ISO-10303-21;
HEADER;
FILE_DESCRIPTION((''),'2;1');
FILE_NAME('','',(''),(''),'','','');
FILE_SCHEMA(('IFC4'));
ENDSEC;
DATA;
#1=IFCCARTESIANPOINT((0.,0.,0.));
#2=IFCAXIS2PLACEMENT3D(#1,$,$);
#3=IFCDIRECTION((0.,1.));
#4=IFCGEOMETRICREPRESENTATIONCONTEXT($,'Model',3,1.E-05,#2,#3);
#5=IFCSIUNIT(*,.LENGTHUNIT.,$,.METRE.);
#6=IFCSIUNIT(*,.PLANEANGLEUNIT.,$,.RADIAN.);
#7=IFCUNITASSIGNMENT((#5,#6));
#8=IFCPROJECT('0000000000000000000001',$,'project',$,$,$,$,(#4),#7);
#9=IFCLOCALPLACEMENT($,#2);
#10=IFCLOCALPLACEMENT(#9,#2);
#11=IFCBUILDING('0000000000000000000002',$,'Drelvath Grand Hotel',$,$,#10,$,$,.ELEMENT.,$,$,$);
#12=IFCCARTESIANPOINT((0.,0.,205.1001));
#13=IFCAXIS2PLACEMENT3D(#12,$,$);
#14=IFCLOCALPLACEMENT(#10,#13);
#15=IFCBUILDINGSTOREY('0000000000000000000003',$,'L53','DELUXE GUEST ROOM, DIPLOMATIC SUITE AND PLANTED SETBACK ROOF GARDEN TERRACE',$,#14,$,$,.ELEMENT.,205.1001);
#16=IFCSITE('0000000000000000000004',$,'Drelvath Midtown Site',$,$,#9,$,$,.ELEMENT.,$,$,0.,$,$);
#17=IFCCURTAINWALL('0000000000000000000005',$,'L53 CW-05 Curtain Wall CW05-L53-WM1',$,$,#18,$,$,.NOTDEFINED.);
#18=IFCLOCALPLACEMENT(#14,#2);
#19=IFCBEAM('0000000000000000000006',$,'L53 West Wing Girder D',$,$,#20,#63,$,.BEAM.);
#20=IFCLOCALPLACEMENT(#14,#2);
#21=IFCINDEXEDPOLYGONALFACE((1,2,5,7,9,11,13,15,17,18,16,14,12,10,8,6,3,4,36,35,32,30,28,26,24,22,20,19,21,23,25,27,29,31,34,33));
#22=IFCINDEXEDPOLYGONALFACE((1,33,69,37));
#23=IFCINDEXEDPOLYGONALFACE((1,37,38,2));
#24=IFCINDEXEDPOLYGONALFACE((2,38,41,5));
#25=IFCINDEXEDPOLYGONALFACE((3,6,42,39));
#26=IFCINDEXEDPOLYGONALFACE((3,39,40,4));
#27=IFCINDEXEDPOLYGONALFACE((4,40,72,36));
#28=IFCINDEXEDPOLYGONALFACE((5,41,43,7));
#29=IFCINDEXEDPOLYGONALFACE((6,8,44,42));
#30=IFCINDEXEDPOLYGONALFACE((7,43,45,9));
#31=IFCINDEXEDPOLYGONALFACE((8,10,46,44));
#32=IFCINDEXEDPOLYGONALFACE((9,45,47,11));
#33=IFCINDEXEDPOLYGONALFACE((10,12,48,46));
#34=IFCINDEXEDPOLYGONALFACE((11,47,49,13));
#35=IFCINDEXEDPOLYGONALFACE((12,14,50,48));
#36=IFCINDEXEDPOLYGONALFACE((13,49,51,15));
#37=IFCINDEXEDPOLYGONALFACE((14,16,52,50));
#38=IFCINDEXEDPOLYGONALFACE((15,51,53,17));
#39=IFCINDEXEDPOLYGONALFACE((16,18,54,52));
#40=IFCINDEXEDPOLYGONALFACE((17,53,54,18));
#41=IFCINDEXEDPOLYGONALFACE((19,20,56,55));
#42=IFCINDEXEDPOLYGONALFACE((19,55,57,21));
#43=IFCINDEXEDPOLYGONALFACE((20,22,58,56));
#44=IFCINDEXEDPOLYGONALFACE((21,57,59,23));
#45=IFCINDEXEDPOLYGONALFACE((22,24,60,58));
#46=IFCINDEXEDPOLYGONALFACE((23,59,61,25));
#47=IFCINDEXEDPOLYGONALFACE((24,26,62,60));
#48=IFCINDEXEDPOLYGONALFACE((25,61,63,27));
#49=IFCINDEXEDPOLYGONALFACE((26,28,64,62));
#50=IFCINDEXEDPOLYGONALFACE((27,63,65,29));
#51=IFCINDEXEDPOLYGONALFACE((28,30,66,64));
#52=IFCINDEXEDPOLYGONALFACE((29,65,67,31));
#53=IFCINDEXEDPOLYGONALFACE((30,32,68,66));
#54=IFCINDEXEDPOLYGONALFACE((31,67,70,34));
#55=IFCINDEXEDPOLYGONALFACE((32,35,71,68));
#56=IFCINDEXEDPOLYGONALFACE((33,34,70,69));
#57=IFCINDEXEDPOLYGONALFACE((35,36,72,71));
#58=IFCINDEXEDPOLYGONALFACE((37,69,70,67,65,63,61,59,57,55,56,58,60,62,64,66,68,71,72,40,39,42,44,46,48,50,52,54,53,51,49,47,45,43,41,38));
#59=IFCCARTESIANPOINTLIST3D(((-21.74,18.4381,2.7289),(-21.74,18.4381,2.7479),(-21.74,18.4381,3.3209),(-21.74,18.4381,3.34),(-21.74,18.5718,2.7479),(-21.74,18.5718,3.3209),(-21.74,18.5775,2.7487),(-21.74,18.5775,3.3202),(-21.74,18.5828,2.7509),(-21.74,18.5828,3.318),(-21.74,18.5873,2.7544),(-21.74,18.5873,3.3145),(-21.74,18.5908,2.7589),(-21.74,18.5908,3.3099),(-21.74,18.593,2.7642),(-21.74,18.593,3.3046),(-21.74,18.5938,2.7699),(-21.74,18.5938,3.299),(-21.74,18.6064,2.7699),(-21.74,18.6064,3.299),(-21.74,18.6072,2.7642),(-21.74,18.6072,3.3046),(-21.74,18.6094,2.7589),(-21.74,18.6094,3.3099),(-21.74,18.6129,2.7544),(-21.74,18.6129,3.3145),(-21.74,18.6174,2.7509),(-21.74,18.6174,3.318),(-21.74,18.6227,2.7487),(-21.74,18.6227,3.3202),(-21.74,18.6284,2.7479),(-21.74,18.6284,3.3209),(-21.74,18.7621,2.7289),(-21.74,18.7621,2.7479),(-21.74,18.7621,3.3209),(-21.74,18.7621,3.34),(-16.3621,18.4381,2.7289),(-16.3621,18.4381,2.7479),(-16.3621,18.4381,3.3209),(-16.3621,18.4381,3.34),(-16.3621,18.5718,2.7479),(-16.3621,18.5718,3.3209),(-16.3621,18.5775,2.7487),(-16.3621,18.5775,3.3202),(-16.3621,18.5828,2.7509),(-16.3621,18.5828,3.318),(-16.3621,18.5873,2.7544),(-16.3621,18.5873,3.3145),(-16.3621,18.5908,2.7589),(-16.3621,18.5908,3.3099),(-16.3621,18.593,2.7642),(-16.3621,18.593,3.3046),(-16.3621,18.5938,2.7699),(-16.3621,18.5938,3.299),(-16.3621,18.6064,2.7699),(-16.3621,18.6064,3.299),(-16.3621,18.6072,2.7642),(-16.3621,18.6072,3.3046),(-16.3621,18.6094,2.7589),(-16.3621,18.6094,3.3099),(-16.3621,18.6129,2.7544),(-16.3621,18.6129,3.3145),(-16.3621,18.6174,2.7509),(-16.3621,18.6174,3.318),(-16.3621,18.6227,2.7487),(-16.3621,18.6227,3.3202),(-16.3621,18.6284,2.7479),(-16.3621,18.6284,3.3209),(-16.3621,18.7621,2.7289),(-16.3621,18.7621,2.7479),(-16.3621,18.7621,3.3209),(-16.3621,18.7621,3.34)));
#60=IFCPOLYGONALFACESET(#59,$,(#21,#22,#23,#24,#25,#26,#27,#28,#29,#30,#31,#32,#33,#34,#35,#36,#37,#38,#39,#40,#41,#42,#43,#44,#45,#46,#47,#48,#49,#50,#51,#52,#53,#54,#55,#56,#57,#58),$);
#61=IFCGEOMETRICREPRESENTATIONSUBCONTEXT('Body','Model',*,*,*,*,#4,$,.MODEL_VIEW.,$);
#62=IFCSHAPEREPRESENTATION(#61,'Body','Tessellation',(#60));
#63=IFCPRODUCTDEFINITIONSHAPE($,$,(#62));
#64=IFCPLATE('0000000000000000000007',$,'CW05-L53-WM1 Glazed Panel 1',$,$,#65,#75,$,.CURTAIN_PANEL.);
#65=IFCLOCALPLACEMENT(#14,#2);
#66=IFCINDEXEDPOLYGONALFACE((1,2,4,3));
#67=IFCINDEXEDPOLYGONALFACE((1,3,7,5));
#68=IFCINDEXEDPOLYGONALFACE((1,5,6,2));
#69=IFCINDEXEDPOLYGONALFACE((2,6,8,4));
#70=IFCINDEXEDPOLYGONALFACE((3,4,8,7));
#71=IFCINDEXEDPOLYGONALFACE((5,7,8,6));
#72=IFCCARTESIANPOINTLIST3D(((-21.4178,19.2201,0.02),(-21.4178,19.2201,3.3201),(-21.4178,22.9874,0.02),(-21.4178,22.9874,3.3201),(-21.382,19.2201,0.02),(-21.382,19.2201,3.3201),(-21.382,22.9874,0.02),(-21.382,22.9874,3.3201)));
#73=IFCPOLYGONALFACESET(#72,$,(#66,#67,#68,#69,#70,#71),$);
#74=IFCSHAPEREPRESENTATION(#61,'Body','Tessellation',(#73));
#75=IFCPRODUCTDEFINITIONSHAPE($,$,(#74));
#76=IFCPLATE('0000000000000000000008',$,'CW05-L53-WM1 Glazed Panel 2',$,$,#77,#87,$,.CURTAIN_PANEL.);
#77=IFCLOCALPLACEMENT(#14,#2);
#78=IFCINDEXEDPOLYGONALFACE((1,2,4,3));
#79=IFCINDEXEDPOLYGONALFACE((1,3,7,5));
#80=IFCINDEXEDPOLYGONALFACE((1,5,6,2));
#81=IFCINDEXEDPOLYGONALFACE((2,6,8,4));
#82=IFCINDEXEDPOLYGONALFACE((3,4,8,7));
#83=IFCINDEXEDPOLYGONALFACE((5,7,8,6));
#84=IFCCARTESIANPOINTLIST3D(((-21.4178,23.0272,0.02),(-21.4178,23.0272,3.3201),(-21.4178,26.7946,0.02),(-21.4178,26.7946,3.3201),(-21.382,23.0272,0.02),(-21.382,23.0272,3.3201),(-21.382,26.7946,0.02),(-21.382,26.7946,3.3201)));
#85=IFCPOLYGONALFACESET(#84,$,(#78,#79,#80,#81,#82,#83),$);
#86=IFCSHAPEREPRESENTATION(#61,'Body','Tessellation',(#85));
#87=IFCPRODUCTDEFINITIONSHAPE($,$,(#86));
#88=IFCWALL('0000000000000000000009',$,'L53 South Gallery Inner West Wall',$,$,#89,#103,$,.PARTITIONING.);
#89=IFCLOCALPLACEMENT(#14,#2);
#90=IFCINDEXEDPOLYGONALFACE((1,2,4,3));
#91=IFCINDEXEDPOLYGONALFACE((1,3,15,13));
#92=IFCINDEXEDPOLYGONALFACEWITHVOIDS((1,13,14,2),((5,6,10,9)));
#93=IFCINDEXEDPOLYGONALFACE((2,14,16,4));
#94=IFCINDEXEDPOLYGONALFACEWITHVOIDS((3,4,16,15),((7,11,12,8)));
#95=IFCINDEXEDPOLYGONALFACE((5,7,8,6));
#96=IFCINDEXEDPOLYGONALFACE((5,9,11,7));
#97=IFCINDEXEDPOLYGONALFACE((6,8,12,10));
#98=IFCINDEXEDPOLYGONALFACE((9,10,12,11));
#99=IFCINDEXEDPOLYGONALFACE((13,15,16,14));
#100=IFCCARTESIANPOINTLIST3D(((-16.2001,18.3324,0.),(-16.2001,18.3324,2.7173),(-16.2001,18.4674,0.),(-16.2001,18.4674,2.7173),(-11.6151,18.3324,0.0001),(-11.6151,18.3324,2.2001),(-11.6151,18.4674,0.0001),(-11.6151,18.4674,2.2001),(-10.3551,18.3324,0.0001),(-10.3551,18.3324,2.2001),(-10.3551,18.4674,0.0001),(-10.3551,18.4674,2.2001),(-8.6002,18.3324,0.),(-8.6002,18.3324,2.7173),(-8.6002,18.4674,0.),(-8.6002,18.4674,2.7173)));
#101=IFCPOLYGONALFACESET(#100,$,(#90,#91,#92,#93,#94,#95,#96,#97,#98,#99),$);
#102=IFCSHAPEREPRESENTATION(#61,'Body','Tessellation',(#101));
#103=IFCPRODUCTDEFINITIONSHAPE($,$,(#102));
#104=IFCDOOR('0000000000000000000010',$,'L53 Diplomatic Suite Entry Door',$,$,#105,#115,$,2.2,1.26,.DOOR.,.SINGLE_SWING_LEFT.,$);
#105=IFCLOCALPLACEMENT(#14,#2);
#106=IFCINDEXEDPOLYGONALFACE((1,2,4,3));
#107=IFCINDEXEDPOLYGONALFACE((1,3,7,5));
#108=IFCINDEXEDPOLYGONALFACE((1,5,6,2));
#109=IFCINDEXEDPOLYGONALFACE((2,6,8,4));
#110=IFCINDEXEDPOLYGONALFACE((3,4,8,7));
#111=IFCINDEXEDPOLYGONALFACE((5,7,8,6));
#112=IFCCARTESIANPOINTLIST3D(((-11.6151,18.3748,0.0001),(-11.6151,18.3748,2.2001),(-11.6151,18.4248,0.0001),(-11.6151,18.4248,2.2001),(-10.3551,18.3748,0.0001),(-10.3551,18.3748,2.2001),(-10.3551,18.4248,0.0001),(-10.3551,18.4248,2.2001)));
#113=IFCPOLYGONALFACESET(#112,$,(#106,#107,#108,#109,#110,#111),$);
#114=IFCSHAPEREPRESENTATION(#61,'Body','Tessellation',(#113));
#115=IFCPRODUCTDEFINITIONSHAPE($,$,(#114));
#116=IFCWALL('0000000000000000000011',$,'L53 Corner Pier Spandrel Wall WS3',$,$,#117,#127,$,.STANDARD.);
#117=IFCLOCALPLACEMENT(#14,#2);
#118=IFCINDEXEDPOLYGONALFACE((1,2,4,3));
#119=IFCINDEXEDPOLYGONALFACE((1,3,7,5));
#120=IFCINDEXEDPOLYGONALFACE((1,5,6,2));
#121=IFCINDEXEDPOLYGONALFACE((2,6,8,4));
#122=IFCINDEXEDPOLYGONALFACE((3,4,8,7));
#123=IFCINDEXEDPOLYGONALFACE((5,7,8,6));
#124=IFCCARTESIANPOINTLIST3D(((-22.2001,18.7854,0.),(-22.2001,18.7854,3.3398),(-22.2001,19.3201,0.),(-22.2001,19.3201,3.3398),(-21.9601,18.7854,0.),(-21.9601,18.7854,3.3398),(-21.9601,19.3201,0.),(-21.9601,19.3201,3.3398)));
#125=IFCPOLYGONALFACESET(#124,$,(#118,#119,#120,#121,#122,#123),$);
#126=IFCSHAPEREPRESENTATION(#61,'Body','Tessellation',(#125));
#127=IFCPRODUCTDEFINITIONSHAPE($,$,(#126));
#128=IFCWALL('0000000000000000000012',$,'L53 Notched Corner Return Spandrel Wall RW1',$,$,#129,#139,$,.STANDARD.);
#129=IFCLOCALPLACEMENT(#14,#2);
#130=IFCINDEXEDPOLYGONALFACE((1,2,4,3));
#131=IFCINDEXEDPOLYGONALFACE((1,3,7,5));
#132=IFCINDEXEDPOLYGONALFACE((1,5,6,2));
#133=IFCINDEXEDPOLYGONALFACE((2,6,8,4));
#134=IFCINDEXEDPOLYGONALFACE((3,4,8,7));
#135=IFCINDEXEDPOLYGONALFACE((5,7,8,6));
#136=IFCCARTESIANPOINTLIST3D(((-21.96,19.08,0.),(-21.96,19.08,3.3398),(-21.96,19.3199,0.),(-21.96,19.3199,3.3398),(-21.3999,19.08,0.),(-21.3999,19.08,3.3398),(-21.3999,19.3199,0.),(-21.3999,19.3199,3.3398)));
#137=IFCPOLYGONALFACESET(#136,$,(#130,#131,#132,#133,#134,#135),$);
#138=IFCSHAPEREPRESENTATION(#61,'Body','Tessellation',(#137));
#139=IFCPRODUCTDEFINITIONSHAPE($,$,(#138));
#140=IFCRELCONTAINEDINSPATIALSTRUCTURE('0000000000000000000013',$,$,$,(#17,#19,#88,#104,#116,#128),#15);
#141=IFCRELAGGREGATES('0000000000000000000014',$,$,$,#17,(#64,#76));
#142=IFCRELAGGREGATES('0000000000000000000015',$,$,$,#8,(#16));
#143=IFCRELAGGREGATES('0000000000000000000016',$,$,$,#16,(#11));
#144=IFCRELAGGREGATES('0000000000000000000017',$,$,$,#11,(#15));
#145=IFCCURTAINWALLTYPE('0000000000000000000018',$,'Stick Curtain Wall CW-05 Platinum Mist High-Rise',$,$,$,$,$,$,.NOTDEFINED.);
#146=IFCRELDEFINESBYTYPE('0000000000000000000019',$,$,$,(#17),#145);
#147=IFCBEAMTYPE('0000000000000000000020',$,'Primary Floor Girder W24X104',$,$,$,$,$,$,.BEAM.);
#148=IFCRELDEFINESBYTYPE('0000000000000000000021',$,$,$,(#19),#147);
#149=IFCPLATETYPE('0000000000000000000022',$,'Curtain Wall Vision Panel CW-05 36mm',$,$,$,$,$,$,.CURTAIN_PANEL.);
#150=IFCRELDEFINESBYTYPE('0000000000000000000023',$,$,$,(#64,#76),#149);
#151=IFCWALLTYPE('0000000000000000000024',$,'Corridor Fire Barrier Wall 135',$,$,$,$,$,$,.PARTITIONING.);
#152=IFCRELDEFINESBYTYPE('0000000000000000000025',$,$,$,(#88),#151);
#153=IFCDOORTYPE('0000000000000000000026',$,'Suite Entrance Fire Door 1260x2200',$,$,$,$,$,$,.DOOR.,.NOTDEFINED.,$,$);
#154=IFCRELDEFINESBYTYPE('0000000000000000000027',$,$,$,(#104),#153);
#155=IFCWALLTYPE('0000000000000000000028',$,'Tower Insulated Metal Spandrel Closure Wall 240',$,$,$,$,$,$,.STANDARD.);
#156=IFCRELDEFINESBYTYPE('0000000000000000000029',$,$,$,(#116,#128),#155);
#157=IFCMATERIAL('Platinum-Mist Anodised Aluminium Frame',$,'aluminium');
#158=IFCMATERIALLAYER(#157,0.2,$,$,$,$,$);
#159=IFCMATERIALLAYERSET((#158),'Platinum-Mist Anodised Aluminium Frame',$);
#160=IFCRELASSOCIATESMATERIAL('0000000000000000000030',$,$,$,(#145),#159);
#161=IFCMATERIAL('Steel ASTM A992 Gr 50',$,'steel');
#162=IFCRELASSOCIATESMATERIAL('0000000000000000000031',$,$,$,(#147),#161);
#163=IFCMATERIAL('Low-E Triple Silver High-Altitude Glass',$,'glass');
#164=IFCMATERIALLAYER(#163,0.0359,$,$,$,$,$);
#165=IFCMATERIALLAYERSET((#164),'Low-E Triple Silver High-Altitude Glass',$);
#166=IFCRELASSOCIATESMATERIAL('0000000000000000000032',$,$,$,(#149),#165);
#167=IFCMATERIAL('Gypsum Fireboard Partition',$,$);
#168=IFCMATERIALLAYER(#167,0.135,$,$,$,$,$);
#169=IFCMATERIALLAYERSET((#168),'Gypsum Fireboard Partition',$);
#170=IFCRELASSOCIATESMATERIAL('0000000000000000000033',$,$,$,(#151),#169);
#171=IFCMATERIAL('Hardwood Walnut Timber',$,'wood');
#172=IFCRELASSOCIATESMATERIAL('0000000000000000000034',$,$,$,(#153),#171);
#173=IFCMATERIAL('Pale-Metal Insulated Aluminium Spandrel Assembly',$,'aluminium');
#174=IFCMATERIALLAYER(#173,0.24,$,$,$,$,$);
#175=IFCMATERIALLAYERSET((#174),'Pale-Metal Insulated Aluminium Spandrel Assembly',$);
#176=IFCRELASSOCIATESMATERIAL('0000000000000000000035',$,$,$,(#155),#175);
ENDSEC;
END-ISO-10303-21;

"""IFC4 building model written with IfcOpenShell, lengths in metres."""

from ifc_helpers import new_model, si_unit, direction, frame, frame_2d, origin, origin_2d, place, context, subcontext, project, spatial, rectangle, i_section, extrude, material, layer, layer_set, material_profile, profile_set, type_object, element, fill, aggregate, save


model = new_model("IFC4")

# Units and contexts
model_context = context("Model", 3, precision=1e-05, world=origin(), true_north=direction((0.0, 1.0)))
body_context = subcontext(model_context, "Body", "Model", "MODEL_VIEW")
ifc_project = project(units=[si_unit("LENGTHUNIT", "METRE"), si_unit("PLANEANGLEUNIT", "RADIAN")], contexts=[model_context])

# Site, building, storey
site_placement = place(None, origin())
site = spatial("IfcSite", under=ifc_project, at=site_placement, Name="Drelvath Midtown Site", CompositionType="ELEMENT", RefElevation=0.0)
building_placement = place(site_placement, origin())
building = spatial("IfcBuilding", under=site, at=building_placement, Name="Drelvath Grand Hotel", CompositionType="ELEMENT")
storey_placement = place(building_placement, frame((0.0, 0.0, 205.1001)))
storey = spatial("IfcBuildingStorey", under=building, at=storey_placement, Name="L53", Description="DELUXE GUEST ROOM, DIPLOMATIC SUITE AND PLANTED SETBACK ROOF GARDEN TERRACE", CompositionType="ELEMENT", Elevation=205.1001)

# Curtain wall
ifc_material_1 = material(Name="Platinum-Mist Anodised Aluminium Frame", Category="aluminium")
ifc_layer_1 = layer(ifc_material_1, 0.2)
ifc_layer_set_1 = layer_set([ifc_layer_1], Name="Platinum-Mist Anodised Aluminium Frame")
curtain_wall_type = type_object("IfcCurtainWallType", Name="Stick Curtain Wall CW-05 Platinum Mist High-Rise", PredefinedType="NOTDEFINED", material=ifc_layer_set_1)
curtain_wall_placement = place(storey_placement, origin())
curtain_wall = element("IfcCurtainWall", 1, at=curtain_wall_placement, inside=storey, type_object=curtain_wall_type, Name="L53 CW-05 Curtain Wall CW05-L53-WM1", PredefinedType="NOTDEFINED")

# Beam
ifc_material_2 = material(Name="Steel ASTM A992 Gr 50", Category="steel")
ifc_material_profile_1 = material_profile(ifc_material_2, i_section(OverallWidth=0.324, OverallDepth=0.6111, WebThickness=0.0127, FlangeThickness=0.019, FilletRadius=0.022, at=origin_2d()), Name="W24X104")
ifc_profile_set_1 = profile_set([ifc_material_profile_1], Name="Steel ASTM A992 Gr 50")
beam_type_1 = type_object("IfcBeamType", Name="Primary Floor Girder W24X104", PredefinedType="BEAM", material=ifc_profile_set_1)
beam_1_placement = place(storey_placement, frame((-21.74, 18.6001, 3.0344), z_axis=(1.0, 0.0, 0.0), x_axis=(0.0, 1.0, 0.0)))
element("IfcBeam", 2, at=beam_1_placement, inside=storey, type_object=beam_type_1, Name="L53 West Wing Girder D", PredefinedType="BEAM", context=body_context, shape_type="SweptSolid", body=[
    extrude(i_section(OverallWidth=0.324, OverallDepth=0.6111, WebThickness=0.0127, FlangeThickness=0.019, FilletRadius=0.022, at=origin_2d()), origin(), (0.0, 0.0, 1.0), 5.3779),
])

# Plates
ifc_material_3 = material(Name="Low-E Triple Silver High-Altitude Glass", Category="glass")
ifc_layer_2 = layer(ifc_material_3, 0.0359)
ifc_layer_set_2 = layer_set([ifc_layer_2], Name="Low-E Triple Silver High-Altitude Glass")
plate_type = type_object("IfcPlateType", Name="Curtain Wall Vision Panel CW-05 36mm", PredefinedType="CURTAIN_PANEL", material=ifc_layer_set_2)
plate_1_placement = place(storey_placement, frame((-21.3999, 21.1038, 0.02), z_axis=(0.0, 0.0, 1.0), x_axis=(0.0, 1.0, 0.0)))
plate_1 = element("IfcPlate", 3, at=plate_1_placement, type_object=plate_type, Name="CW05-L53-WM1 Glazed Panel 1", PredefinedType="CURTAIN_PANEL", context=body_context, shape_type="SweptSolid", body=[
    extrude(rectangle(XDim=3.7673, YDim=0.0359, at=origin_2d()), origin(), (0.0, 0.0, 1.0), 3.3),
])
plate_2_placement = place(storey_placement, frame((-21.3999, 24.9109, 0.02), z_axis=(0.0, 0.0, 1.0), x_axis=(0.0, 1.0, 0.0)))
plate_2 = element("IfcPlate", 4, at=plate_2_placement, type_object=plate_type, Name="CW05-L53-WM1 Glazed Panel 2", PredefinedType="CURTAIN_PANEL", context=body_context, shape_type="SweptSolid", body=[
    extrude(rectangle(XDim=3.7673, YDim=0.0359, at=origin_2d()), origin(), (0.0, 0.0, 1.0), 3.3),
])
aggregate(curtain_wall, [plate_1, plate_2])

# Wall, opening, door
ifc_material_4 = material(Name="Gypsum Fireboard Partition")
ifc_layer_3 = layer(ifc_material_4, 0.135)
ifc_layer_set_3 = layer_set([ifc_layer_3], Name="Gypsum Fireboard Partition")
wall_type_1 = type_object("IfcWallType", Name="Corridor Fire Barrier Wall 135", PredefinedType="PARTITIONING", material=ifc_layer_set_3)
wall_1_placement = place(storey_placement, frame((-16.2, 18.3999, 0.0), z_axis=(0.0, 0.0, 1.0), x_axis=(1.0, 0.0, 0.0)))
wall_1 = element("IfcWall", 5, at=wall_1_placement, inside=storey, type_object=wall_type_1, Name="L53 South Gallery Inner West Wall", PredefinedType="PARTITIONING", context=body_context, shape_type="SweptSolid", body=[
    extrude(rectangle(XDim=7.5999, YDim=0.135, at=frame_2d((3.7998, 0.0))), origin(), (0.0, 0.0, 1.0), 2.7173),
])
opening_placement = place(wall_1_placement, frame((4.585, 0.0, 0.0)))
opening = element("IfcOpeningElement", 6, at=opening_placement, cuts=wall_1, PredefinedType="OPENING", context=body_context, shape_type="SweptSolid", body=[
    extrude(rectangle(XDim=1.26, YDim=2.2, at=frame_2d((0.6299, 1.1001))), frame((0.0, 0.0774, 0.0), z_axis=(0.0, -1.0, 0.0), x_axis=(1.0, 0.0, 0.0)), (0.0, 0.0, 1.0), 0.155),
])
ifc_material_5 = material(Name="Hardwood Walnut Timber", Category="wood")
door_type = type_object("IfcDoorType", Name="Suite Entrance Fire Door 1260x2200", OperationType="NOTDEFINED", PredefinedType="DOOR", material=ifc_material_5)
door_placement = place(opening_placement, origin())
door = element("IfcDoor", 7, at=door_placement, inside=storey, type_object=door_type, Name="L53 Diplomatic Suite Entry Door", OperationType="SINGLE_SWING_LEFT", OverallHeight=2.2, OverallWidth=1.26, PredefinedType="DOOR", context=body_context, shape_type="SweptSolid", body=[
    extrude(rectangle(XDim=1.26, YDim=2.2, at=frame_2d((0.6299, 1.1001))), frame((0.0, 0.0249, 0.0), z_axis=(0.0, -1.0, 0.0), x_axis=(1.0, 0.0, 0.0)), (0.0, 0.0, 1.0), 0.05),
])
fill(opening, door)

# Walls
ifc_material_6 = material(Name="Pale-Metal Insulated Aluminium Spandrel Assembly", Category="aluminium")
ifc_layer_4 = layer(ifc_material_6, 0.24)
ifc_layer_set_4 = layer_set([ifc_layer_4], Name="Pale-Metal Insulated Aluminium Spandrel Assembly")
wall_type_2 = type_object("IfcWallType", Name="Tower Insulated Metal Spandrel Closure Wall 240", PredefinedType="STANDARD", material=ifc_layer_set_4)
wall_2_placement = place(storey_placement, frame((-22.0801, 18.7854, 0.0), z_axis=(0.0, 0.0, 1.0), x_axis=(0.0, 1.0, 0.0)))
element("IfcWall", 8, at=wall_2_placement, inside=storey, type_object=wall_type_2, Name="L53 Corner Pier Spandrel Wall WS3", PredefinedType="STANDARD", context=body_context, shape_type="SweptSolid", body=[
    extrude(rectangle(XDim=0.5347, YDim=0.24, at=frame_2d((0.2673, 0.0))), origin(), (0.0, 0.0, 1.0), 3.3398),
])
wall_3_placement = place(storey_placement, frame((-21.96, 19.2, 0.0), z_axis=(0.0, 0.0, 1.0), x_axis=(1.0, 0.0, 0.0)))
element("IfcWall", 9, at=wall_3_placement, inside=storey, type_object=wall_type_2, Name="L53 Notched Corner Return Spandrel Wall RW1", PredefinedType="STANDARD", context=body_context, shape_type="SweptSolid", body=[
    extrude(rectangle(XDim=0.5601, YDim=0.24, at=frame_2d((0.28, 0.0))), origin(), (0.0, 0.0, 1.0), 3.3398),
])

save(model, "model.ifc")
